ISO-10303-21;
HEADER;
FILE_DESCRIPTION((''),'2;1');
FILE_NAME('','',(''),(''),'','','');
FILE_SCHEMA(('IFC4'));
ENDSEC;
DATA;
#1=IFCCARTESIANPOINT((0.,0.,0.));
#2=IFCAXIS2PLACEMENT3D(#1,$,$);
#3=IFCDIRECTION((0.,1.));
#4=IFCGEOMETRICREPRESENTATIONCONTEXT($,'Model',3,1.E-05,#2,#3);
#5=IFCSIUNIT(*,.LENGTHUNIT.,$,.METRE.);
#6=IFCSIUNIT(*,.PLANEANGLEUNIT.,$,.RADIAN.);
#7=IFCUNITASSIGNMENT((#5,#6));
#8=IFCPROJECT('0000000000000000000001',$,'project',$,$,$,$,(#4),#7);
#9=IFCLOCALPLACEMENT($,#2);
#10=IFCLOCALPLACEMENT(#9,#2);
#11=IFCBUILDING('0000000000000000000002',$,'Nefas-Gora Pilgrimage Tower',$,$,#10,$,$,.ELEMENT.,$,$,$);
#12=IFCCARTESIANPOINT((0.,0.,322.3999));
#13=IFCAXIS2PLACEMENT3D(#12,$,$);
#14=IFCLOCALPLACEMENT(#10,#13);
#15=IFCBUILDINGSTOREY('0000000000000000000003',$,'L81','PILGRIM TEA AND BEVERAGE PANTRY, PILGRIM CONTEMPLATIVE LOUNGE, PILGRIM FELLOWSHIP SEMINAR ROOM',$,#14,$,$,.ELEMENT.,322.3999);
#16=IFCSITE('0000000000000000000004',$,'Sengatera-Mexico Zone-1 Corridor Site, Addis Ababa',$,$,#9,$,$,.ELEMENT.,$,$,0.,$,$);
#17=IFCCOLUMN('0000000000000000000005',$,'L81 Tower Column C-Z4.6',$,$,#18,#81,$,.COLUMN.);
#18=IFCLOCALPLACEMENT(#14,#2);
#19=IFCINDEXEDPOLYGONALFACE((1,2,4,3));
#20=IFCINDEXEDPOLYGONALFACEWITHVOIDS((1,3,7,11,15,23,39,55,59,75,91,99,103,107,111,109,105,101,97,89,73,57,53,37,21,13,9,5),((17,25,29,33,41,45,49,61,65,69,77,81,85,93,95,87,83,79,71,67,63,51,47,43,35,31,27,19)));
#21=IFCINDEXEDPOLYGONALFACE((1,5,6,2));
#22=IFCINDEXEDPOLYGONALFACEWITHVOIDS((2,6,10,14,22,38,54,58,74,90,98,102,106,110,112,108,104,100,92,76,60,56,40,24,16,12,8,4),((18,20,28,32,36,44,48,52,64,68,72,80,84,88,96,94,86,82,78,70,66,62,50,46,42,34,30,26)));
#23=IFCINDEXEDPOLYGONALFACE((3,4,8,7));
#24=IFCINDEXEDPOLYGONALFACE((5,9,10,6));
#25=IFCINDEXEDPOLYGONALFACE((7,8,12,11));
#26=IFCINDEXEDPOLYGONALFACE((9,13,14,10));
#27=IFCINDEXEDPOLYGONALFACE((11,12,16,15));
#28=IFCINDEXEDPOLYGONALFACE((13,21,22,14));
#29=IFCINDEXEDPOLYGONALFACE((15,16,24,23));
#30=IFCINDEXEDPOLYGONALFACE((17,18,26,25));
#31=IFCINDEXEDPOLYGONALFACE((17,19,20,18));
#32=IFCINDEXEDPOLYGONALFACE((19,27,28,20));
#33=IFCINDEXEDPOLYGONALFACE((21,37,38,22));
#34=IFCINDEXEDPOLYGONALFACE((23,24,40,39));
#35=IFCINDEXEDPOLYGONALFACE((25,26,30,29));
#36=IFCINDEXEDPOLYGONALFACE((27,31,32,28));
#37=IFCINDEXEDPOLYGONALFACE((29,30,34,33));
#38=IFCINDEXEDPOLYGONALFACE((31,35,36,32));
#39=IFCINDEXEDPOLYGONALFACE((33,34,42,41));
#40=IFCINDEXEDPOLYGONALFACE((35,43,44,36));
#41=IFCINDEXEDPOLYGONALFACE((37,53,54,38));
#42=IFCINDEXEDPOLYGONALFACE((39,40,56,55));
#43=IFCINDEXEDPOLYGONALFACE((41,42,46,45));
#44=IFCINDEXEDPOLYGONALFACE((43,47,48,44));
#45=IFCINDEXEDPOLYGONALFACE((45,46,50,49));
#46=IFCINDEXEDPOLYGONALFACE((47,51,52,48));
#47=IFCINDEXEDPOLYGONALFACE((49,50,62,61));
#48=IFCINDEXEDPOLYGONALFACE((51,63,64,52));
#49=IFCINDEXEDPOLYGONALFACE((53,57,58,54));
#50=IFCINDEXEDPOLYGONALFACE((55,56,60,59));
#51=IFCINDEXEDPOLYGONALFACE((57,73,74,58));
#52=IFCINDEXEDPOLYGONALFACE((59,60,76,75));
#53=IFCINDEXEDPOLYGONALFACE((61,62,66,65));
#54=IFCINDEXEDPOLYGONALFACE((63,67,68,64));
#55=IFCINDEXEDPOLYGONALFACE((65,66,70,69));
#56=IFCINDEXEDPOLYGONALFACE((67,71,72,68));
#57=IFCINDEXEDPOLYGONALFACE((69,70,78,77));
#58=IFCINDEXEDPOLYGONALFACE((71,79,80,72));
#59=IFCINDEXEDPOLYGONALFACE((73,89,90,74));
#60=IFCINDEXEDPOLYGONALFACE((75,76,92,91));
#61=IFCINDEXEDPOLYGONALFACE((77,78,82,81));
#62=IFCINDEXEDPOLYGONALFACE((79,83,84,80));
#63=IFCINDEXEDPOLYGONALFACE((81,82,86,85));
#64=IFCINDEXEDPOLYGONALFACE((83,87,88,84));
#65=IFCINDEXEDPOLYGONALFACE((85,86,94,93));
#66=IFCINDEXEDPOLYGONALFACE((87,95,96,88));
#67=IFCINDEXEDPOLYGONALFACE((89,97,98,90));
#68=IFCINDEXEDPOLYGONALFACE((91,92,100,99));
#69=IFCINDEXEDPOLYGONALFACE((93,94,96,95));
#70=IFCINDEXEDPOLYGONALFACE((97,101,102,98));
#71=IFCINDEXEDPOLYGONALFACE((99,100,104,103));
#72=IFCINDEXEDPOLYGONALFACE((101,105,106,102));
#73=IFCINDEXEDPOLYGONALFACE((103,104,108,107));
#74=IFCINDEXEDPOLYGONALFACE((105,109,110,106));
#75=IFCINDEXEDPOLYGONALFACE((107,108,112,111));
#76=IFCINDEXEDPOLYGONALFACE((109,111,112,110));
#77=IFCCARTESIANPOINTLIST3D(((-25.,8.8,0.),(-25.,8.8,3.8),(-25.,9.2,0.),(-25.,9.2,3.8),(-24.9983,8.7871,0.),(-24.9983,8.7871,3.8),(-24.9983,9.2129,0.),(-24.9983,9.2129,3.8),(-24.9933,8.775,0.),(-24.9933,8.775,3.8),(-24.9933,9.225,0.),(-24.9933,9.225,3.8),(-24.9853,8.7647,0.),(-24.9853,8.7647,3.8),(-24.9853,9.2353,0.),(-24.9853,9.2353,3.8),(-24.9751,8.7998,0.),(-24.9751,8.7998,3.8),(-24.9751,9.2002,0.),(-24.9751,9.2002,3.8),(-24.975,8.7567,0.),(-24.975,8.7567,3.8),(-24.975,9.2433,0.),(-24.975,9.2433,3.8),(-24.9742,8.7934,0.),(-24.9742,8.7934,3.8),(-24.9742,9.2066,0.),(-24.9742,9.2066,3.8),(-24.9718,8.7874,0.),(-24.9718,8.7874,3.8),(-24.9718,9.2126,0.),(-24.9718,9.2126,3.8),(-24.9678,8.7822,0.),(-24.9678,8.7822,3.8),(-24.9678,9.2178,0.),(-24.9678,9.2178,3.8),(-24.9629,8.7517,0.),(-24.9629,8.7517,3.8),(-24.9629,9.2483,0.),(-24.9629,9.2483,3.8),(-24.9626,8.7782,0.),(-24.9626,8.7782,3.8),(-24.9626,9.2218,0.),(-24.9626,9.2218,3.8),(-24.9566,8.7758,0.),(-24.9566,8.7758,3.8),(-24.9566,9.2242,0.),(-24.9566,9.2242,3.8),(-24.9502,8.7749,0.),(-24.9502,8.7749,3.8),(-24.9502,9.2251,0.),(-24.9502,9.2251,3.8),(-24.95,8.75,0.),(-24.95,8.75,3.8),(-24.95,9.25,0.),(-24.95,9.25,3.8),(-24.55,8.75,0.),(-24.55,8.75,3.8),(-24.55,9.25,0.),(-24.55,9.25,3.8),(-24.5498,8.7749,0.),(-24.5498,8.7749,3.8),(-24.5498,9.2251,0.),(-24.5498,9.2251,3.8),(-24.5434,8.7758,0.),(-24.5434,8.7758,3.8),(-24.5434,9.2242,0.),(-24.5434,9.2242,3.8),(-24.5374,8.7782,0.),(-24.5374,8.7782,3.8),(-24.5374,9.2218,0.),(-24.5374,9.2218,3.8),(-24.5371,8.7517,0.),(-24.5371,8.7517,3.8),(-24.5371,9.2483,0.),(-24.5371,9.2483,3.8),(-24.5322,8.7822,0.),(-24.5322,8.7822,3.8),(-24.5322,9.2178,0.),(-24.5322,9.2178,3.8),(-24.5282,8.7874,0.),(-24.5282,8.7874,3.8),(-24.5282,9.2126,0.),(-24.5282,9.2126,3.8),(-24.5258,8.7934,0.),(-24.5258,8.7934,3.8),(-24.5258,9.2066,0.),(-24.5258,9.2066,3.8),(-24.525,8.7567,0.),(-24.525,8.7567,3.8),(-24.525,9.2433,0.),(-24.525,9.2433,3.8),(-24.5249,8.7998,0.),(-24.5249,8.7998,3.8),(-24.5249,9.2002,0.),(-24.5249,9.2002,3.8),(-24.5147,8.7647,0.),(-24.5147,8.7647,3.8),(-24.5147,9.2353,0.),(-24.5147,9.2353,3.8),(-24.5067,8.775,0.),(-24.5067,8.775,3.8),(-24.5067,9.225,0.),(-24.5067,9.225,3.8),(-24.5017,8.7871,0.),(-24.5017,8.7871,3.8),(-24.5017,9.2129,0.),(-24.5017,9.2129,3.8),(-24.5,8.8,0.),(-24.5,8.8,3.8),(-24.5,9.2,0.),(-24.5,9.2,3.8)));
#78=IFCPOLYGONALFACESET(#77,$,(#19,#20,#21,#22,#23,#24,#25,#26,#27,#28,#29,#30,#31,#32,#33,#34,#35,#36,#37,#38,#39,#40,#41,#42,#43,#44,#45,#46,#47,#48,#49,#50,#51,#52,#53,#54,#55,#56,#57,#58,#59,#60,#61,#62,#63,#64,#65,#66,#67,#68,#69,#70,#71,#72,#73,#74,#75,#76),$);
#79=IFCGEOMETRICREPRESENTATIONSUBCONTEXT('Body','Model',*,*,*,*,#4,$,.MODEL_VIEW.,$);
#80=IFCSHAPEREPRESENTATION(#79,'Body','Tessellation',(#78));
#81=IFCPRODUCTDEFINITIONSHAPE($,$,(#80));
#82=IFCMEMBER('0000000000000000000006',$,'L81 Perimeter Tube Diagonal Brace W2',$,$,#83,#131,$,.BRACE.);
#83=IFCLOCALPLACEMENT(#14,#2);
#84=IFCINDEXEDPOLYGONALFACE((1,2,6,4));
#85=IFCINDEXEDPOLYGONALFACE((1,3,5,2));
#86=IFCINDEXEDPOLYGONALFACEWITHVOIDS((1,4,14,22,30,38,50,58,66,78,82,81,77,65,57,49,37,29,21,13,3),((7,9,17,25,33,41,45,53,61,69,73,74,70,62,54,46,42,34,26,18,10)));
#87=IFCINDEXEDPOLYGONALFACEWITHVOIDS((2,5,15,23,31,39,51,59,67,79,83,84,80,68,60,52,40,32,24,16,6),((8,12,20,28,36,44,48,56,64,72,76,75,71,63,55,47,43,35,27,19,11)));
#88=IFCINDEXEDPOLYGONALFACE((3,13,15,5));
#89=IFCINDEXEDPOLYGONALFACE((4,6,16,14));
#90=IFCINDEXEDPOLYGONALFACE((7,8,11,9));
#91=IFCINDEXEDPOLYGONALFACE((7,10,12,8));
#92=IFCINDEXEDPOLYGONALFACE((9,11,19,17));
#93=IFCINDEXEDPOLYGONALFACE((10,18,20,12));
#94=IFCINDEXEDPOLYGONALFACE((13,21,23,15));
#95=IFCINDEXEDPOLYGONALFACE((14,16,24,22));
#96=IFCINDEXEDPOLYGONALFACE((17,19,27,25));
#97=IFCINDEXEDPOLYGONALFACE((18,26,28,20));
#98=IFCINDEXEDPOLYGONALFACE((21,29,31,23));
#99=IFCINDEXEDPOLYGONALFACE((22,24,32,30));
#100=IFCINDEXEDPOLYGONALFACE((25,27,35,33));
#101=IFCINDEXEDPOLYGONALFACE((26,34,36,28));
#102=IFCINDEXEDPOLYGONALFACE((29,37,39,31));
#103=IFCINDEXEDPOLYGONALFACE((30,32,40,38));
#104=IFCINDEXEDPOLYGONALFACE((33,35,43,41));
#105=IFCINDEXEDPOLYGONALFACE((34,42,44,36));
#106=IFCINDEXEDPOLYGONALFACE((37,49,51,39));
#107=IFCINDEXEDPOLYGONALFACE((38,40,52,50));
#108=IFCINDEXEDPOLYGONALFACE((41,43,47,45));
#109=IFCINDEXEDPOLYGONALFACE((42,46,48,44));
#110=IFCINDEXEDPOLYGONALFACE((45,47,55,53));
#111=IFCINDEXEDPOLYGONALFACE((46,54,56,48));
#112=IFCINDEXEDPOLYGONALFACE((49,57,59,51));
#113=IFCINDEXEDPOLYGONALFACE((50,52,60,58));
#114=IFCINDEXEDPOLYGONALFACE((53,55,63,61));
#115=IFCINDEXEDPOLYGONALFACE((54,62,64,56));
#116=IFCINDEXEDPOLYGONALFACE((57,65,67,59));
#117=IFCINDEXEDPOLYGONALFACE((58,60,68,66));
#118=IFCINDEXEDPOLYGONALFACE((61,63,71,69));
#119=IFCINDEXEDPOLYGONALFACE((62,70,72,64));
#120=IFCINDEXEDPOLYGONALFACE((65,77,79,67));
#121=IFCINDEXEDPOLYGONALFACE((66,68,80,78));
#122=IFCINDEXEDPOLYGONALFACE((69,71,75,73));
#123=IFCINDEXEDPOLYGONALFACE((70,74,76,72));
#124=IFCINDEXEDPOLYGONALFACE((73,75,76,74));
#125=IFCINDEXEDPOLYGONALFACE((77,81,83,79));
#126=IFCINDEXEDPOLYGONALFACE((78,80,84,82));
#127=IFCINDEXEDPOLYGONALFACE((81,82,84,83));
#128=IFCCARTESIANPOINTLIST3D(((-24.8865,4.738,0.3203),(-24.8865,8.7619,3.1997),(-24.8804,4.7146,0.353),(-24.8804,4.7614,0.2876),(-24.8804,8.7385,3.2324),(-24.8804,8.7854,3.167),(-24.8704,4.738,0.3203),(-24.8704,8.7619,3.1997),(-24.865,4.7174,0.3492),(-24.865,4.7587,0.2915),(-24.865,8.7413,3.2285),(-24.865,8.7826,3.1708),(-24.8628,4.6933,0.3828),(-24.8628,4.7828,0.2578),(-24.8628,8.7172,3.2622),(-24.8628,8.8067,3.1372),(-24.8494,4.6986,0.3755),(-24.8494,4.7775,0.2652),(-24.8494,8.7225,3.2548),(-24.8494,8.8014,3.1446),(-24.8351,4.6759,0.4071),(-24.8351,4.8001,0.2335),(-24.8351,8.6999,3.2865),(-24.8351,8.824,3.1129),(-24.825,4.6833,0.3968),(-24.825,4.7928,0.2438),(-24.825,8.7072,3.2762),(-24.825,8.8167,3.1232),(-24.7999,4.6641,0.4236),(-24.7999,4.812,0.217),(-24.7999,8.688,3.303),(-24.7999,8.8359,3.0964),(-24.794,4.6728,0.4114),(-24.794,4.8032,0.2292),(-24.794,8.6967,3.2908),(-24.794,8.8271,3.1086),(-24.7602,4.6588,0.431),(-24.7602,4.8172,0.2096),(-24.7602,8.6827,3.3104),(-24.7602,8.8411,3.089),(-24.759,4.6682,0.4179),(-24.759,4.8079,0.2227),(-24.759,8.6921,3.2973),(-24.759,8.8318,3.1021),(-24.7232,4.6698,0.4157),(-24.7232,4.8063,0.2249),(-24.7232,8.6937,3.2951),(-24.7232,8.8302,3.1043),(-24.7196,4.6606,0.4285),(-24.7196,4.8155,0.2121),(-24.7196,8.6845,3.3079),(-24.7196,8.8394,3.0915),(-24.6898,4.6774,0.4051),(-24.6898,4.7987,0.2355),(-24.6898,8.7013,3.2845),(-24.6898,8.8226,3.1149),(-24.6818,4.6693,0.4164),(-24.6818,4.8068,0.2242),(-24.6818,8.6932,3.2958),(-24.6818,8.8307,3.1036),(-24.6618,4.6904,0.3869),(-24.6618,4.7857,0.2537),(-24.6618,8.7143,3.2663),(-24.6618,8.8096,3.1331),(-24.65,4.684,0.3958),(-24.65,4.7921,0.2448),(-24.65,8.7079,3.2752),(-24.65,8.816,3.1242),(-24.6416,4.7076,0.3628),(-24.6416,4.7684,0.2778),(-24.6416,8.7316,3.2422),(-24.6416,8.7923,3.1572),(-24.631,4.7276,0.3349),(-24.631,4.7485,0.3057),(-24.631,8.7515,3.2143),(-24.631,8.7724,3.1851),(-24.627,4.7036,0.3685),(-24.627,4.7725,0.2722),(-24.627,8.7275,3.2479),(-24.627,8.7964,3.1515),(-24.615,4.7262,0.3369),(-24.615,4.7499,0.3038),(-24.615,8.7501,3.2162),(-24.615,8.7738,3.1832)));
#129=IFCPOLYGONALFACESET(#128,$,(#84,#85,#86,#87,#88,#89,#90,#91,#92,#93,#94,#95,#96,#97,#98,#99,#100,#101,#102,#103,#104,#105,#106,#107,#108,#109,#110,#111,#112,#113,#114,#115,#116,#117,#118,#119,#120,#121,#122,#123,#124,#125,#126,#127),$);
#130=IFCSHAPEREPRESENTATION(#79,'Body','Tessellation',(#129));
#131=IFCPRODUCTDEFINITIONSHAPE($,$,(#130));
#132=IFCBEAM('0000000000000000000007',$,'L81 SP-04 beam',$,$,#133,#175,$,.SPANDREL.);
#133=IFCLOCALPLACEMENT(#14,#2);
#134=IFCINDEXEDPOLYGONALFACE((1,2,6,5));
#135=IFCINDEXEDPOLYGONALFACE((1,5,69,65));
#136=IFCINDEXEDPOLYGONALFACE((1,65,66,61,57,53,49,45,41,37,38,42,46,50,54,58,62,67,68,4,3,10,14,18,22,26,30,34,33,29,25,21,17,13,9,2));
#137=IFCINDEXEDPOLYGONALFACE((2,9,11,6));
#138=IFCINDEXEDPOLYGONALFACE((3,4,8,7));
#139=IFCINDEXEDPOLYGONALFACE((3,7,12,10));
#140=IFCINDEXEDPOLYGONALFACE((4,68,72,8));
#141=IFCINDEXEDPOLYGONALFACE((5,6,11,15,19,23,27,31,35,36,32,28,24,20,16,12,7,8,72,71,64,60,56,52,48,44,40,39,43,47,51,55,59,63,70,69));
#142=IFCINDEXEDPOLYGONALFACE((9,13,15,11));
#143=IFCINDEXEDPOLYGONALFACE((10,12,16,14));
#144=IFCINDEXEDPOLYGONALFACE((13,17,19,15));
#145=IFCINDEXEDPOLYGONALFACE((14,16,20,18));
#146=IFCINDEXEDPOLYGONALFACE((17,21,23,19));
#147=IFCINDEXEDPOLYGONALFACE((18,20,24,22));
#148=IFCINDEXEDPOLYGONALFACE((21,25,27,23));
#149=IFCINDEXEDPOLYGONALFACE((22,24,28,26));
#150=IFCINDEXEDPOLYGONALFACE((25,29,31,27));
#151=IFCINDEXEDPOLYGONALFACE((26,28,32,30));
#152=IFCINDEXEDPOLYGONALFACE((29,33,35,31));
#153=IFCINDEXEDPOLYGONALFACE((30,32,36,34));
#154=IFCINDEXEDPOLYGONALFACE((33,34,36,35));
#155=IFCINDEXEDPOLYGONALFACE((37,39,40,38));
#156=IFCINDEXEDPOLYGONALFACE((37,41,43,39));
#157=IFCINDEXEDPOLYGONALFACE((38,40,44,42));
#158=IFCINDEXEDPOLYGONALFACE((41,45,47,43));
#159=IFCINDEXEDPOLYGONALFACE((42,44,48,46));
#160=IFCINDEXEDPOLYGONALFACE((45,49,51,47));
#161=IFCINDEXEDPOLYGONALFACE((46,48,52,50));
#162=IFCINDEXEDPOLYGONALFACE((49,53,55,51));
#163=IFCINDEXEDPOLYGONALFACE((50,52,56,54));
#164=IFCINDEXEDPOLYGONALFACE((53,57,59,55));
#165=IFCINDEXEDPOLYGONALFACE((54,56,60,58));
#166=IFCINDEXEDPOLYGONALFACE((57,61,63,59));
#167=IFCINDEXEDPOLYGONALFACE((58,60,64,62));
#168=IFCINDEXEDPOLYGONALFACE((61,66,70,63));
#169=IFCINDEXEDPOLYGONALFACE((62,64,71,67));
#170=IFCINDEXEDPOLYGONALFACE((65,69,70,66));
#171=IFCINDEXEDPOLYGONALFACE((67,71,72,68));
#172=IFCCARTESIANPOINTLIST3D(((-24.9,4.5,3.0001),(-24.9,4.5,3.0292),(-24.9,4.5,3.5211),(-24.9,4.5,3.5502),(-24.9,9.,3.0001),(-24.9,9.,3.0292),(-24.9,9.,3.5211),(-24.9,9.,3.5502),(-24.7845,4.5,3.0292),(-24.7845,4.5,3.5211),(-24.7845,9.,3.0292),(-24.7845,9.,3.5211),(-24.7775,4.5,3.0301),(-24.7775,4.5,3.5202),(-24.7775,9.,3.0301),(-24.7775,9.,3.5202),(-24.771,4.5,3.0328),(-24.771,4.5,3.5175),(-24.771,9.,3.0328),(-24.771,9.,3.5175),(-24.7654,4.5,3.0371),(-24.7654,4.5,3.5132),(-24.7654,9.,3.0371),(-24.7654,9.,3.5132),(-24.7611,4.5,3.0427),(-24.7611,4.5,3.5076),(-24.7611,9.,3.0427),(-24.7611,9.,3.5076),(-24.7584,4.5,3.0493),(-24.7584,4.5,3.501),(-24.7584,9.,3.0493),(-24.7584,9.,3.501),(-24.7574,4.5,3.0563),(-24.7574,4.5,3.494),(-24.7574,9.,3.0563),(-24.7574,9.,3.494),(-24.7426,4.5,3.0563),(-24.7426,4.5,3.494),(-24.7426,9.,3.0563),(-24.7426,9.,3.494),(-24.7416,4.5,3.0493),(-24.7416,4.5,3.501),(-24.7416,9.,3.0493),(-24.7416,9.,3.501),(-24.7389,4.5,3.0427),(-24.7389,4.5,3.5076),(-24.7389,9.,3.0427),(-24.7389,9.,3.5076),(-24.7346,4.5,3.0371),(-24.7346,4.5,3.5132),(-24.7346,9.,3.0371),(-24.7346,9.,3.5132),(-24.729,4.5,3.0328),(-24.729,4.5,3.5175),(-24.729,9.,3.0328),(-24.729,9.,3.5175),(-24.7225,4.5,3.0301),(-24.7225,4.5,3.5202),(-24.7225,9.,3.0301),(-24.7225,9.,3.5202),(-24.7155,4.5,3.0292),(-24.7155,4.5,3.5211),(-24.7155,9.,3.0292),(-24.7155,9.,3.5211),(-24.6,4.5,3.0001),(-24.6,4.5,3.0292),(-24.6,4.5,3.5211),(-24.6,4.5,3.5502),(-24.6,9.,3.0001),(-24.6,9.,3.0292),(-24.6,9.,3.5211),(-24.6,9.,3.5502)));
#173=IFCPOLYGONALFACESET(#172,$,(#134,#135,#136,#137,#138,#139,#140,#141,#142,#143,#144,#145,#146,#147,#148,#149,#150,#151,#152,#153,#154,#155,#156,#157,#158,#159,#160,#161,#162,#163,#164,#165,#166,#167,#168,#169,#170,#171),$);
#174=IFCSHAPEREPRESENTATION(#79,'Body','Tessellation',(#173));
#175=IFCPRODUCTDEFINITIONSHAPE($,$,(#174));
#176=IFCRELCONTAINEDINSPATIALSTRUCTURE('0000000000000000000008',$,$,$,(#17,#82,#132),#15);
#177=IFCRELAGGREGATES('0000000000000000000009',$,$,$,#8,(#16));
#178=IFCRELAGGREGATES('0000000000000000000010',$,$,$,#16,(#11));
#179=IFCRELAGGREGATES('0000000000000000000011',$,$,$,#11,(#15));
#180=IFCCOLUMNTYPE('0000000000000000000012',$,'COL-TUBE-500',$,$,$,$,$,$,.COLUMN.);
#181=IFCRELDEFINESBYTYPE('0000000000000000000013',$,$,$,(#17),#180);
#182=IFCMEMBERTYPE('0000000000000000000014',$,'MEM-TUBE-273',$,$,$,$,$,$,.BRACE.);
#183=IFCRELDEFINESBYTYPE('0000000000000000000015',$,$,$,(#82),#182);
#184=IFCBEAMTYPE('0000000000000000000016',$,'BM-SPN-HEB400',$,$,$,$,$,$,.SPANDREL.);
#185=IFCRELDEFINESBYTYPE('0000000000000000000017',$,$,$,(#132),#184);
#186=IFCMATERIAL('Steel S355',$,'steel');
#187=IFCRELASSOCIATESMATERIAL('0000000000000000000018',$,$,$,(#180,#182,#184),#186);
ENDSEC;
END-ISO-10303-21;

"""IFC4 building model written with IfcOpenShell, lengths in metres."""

from ifc_helpers import new_model, si_unit, direction, frame, origin, origin_2d, place, context, subcontext, project, spatial, hollow_rectangle, hollow_circle, i_section, extrude, source, transform, mapped, material, material_profile, profile_set, type_object, element, save


model = new_model("IFC4")

# Units and contexts
model_context = context("Model", 3, precision=1e-05, world=origin(), true_north=direction((0.0, 1.0)))
body_context = subcontext(model_context, "Body", "Model", "MODEL_VIEW")
ifc_project = project(units=[si_unit("LENGTHUNIT", "METRE"), si_unit("PLANEANGLEUNIT", "RADIAN")], contexts=[model_context])

# Site, building, storey
site_placement = place(None, origin())
site = spatial("IfcSite", under=ifc_project, at=site_placement, Name="Sengatera-Mexico Zone-1 Corridor Site, Addis Ababa", CompositionType="ELEMENT", RefElevation=0.0)
building_placement = place(site_placement, origin())
building = spatial("IfcBuilding", under=site, at=building_placement, Name="Nefas-Gora Pilgrimage Tower", CompositionType="ELEMENT")
storey_placement = place(building_placement, frame((0.0, 0.0, 322.3999)))
storey = spatial("IfcBuildingStorey", under=building, at=storey_placement, Name="L81", Description="PILGRIM TEA AND BEVERAGE PANTRY, PILGRIM CONTEMPLATIVE LOUNGE, PILGRIM FELLOWSHIP SEMINAR ROOM", CompositionType="ELEMENT", Elevation=322.3999)

# Column
ifc_material_1 = material(Name="Steel S355", Category="steel")
ifc_material_profile_1 = material_profile(ifc_material_1, hollow_rectangle(XDim=0.5, YDim=0.5, WallThickness=0.0249, InnerFilletRadius=0.0249, OuterFilletRadius=0.05, at=origin_2d()), Name="SHS 500x500x25")
ifc_profile_set_1 = profile_set([ifc_material_profile_1], Name="Steel S355")
column_type_1 = type_object("IfcColumnType", Name="COL-TUBE-500", PredefinedType="COLUMN", material=ifc_profile_set_1)
shared_shape_1 = source(origin(), body_context, "Body", "SweptSolid", [
    extrude(hollow_rectangle(XDim=0.5, YDim=0.5, WallThickness=0.0249, InnerFilletRadius=0.0249, OuterFilletRadius=0.05, at=origin_2d()), origin(), (0.0, 0.0, 1.0), 3.8),
])
for number, where, z_axis, x_axis, name in (
    (1, (-24.75, 9.0, 0.0), (0.0, 0.0, 1.0), (1.0, 0.0, 0.0), "L81 Tower Column C-Z4.6"),
):
    element("IfcColumn", number, at=place(storey_placement, frame(where, z_axis=z_axis, x_axis=x_axis)), inside=storey, type_object=column_type_1, Name=name, PredefinedType="COLUMN", context=body_context, shape_type="MappedRepresentation", body=[
        mapped(shared_shape_1, transform((0.0, 0.0, 0.0), x_axis=(1.0, 0.0, 0.0), y_axis=(0.0, 1.0, 0.0), z_axis=(0.0, 0.0, 1.0), scale=1.0)),
    ])

# Member
ifc_material_profile_2 = material_profile(ifc_material_1, hollow_circle(Radius=0.1365, WallThickness=0.0161, at=origin_2d()), Name="CHS 273x16")
ifc_profile_set_2 = profile_set([ifc_material_profile_2], Name="Steel S355")
member_type_1 = type_object("IfcMemberType", Name="MEM-TUBE-273", PredefinedType="BRACE", material=ifc_profile_set_2)
shared_shape_2 = source(origin(), body_context, "Body", "SweptSolid", [
    extrude(hollow_circle(Radius=0.1365, WallThickness=0.0161, at=origin_2d()), origin(), (0.0, 0.0, 1.0), 4.948),
])
member_1_placement = place(storey_placement, frame((-24.75, 4.738, 0.3203), z_axis=(0.0, 0.81324, 0.581929), x_axis=(-1.0, 0.0, 0.0)))
element("IfcMember", 2, at=member_1_placement, inside=storey, type_object=member_type_1, Name="L81 Perimeter Tube Diagonal Brace W2", PredefinedType="BRACE", context=body_context, shape_type="MappedRepresentation", body=[
    mapped(shared_shape_2, transform((0.0, 0.0, 0.0), x_axis=(1.0, 0.0, 0.0), y_axis=(0.0, 1.0, 0.0), z_axis=(0.0, 0.0, 1.0), scale=1.0)),
])

# Beam
ifc_material_profile_3 = material_profile(ifc_material_1, i_section(OverallWidth=0.3, OverallDepth=0.55, WebThickness=0.0149, FlangeThickness=0.0291, FilletRadius=0.0271, at=origin_2d()), Name="HEB 550")
ifc_profile_set_3 = profile_set([ifc_material_profile_3], Name="Steel S355")
beam_type_1 = type_object("IfcBeamType", Name="BM-SPN-HEB400", PredefinedType="SPANDREL", material=ifc_profile_set_3)
shared_shape_3 = source(origin(), body_context, "Body", "SweptSolid", [
    extrude(i_section(OverallWidth=0.3, OverallDepth=0.55, WebThickness=0.0149, FlangeThickness=0.0291, FilletRadius=0.0271, at=origin_2d()), origin(), (0.0, 0.0, 1.0), 4.5),
])
for number, where, z_axis, x_axis, name in (
    (3, (-24.75, 4.5, 3.2751), (0.0, 1.0, 0.0), (-1.0, 0.0, 0.0), "L81 SP-04 beam"),
):
    element("IfcBeam", number, at=place(storey_placement, frame(where, z_axis=z_axis, x_axis=x_axis)), inside=storey, type_object=beam_type_1, Name=name, PredefinedType="SPANDREL", context=body_context, shape_type="MappedRepresentation", body=[
        mapped(shared_shape_3, transform((0.0, 0.0, 0.0), x_axis=(1.0, 0.0, 0.0), y_axis=(0.0, 1.0, 0.0), z_axis=(0.0, 0.0, 1.0), scale=1.0)),
    ])

save(model, "model.ifc")
